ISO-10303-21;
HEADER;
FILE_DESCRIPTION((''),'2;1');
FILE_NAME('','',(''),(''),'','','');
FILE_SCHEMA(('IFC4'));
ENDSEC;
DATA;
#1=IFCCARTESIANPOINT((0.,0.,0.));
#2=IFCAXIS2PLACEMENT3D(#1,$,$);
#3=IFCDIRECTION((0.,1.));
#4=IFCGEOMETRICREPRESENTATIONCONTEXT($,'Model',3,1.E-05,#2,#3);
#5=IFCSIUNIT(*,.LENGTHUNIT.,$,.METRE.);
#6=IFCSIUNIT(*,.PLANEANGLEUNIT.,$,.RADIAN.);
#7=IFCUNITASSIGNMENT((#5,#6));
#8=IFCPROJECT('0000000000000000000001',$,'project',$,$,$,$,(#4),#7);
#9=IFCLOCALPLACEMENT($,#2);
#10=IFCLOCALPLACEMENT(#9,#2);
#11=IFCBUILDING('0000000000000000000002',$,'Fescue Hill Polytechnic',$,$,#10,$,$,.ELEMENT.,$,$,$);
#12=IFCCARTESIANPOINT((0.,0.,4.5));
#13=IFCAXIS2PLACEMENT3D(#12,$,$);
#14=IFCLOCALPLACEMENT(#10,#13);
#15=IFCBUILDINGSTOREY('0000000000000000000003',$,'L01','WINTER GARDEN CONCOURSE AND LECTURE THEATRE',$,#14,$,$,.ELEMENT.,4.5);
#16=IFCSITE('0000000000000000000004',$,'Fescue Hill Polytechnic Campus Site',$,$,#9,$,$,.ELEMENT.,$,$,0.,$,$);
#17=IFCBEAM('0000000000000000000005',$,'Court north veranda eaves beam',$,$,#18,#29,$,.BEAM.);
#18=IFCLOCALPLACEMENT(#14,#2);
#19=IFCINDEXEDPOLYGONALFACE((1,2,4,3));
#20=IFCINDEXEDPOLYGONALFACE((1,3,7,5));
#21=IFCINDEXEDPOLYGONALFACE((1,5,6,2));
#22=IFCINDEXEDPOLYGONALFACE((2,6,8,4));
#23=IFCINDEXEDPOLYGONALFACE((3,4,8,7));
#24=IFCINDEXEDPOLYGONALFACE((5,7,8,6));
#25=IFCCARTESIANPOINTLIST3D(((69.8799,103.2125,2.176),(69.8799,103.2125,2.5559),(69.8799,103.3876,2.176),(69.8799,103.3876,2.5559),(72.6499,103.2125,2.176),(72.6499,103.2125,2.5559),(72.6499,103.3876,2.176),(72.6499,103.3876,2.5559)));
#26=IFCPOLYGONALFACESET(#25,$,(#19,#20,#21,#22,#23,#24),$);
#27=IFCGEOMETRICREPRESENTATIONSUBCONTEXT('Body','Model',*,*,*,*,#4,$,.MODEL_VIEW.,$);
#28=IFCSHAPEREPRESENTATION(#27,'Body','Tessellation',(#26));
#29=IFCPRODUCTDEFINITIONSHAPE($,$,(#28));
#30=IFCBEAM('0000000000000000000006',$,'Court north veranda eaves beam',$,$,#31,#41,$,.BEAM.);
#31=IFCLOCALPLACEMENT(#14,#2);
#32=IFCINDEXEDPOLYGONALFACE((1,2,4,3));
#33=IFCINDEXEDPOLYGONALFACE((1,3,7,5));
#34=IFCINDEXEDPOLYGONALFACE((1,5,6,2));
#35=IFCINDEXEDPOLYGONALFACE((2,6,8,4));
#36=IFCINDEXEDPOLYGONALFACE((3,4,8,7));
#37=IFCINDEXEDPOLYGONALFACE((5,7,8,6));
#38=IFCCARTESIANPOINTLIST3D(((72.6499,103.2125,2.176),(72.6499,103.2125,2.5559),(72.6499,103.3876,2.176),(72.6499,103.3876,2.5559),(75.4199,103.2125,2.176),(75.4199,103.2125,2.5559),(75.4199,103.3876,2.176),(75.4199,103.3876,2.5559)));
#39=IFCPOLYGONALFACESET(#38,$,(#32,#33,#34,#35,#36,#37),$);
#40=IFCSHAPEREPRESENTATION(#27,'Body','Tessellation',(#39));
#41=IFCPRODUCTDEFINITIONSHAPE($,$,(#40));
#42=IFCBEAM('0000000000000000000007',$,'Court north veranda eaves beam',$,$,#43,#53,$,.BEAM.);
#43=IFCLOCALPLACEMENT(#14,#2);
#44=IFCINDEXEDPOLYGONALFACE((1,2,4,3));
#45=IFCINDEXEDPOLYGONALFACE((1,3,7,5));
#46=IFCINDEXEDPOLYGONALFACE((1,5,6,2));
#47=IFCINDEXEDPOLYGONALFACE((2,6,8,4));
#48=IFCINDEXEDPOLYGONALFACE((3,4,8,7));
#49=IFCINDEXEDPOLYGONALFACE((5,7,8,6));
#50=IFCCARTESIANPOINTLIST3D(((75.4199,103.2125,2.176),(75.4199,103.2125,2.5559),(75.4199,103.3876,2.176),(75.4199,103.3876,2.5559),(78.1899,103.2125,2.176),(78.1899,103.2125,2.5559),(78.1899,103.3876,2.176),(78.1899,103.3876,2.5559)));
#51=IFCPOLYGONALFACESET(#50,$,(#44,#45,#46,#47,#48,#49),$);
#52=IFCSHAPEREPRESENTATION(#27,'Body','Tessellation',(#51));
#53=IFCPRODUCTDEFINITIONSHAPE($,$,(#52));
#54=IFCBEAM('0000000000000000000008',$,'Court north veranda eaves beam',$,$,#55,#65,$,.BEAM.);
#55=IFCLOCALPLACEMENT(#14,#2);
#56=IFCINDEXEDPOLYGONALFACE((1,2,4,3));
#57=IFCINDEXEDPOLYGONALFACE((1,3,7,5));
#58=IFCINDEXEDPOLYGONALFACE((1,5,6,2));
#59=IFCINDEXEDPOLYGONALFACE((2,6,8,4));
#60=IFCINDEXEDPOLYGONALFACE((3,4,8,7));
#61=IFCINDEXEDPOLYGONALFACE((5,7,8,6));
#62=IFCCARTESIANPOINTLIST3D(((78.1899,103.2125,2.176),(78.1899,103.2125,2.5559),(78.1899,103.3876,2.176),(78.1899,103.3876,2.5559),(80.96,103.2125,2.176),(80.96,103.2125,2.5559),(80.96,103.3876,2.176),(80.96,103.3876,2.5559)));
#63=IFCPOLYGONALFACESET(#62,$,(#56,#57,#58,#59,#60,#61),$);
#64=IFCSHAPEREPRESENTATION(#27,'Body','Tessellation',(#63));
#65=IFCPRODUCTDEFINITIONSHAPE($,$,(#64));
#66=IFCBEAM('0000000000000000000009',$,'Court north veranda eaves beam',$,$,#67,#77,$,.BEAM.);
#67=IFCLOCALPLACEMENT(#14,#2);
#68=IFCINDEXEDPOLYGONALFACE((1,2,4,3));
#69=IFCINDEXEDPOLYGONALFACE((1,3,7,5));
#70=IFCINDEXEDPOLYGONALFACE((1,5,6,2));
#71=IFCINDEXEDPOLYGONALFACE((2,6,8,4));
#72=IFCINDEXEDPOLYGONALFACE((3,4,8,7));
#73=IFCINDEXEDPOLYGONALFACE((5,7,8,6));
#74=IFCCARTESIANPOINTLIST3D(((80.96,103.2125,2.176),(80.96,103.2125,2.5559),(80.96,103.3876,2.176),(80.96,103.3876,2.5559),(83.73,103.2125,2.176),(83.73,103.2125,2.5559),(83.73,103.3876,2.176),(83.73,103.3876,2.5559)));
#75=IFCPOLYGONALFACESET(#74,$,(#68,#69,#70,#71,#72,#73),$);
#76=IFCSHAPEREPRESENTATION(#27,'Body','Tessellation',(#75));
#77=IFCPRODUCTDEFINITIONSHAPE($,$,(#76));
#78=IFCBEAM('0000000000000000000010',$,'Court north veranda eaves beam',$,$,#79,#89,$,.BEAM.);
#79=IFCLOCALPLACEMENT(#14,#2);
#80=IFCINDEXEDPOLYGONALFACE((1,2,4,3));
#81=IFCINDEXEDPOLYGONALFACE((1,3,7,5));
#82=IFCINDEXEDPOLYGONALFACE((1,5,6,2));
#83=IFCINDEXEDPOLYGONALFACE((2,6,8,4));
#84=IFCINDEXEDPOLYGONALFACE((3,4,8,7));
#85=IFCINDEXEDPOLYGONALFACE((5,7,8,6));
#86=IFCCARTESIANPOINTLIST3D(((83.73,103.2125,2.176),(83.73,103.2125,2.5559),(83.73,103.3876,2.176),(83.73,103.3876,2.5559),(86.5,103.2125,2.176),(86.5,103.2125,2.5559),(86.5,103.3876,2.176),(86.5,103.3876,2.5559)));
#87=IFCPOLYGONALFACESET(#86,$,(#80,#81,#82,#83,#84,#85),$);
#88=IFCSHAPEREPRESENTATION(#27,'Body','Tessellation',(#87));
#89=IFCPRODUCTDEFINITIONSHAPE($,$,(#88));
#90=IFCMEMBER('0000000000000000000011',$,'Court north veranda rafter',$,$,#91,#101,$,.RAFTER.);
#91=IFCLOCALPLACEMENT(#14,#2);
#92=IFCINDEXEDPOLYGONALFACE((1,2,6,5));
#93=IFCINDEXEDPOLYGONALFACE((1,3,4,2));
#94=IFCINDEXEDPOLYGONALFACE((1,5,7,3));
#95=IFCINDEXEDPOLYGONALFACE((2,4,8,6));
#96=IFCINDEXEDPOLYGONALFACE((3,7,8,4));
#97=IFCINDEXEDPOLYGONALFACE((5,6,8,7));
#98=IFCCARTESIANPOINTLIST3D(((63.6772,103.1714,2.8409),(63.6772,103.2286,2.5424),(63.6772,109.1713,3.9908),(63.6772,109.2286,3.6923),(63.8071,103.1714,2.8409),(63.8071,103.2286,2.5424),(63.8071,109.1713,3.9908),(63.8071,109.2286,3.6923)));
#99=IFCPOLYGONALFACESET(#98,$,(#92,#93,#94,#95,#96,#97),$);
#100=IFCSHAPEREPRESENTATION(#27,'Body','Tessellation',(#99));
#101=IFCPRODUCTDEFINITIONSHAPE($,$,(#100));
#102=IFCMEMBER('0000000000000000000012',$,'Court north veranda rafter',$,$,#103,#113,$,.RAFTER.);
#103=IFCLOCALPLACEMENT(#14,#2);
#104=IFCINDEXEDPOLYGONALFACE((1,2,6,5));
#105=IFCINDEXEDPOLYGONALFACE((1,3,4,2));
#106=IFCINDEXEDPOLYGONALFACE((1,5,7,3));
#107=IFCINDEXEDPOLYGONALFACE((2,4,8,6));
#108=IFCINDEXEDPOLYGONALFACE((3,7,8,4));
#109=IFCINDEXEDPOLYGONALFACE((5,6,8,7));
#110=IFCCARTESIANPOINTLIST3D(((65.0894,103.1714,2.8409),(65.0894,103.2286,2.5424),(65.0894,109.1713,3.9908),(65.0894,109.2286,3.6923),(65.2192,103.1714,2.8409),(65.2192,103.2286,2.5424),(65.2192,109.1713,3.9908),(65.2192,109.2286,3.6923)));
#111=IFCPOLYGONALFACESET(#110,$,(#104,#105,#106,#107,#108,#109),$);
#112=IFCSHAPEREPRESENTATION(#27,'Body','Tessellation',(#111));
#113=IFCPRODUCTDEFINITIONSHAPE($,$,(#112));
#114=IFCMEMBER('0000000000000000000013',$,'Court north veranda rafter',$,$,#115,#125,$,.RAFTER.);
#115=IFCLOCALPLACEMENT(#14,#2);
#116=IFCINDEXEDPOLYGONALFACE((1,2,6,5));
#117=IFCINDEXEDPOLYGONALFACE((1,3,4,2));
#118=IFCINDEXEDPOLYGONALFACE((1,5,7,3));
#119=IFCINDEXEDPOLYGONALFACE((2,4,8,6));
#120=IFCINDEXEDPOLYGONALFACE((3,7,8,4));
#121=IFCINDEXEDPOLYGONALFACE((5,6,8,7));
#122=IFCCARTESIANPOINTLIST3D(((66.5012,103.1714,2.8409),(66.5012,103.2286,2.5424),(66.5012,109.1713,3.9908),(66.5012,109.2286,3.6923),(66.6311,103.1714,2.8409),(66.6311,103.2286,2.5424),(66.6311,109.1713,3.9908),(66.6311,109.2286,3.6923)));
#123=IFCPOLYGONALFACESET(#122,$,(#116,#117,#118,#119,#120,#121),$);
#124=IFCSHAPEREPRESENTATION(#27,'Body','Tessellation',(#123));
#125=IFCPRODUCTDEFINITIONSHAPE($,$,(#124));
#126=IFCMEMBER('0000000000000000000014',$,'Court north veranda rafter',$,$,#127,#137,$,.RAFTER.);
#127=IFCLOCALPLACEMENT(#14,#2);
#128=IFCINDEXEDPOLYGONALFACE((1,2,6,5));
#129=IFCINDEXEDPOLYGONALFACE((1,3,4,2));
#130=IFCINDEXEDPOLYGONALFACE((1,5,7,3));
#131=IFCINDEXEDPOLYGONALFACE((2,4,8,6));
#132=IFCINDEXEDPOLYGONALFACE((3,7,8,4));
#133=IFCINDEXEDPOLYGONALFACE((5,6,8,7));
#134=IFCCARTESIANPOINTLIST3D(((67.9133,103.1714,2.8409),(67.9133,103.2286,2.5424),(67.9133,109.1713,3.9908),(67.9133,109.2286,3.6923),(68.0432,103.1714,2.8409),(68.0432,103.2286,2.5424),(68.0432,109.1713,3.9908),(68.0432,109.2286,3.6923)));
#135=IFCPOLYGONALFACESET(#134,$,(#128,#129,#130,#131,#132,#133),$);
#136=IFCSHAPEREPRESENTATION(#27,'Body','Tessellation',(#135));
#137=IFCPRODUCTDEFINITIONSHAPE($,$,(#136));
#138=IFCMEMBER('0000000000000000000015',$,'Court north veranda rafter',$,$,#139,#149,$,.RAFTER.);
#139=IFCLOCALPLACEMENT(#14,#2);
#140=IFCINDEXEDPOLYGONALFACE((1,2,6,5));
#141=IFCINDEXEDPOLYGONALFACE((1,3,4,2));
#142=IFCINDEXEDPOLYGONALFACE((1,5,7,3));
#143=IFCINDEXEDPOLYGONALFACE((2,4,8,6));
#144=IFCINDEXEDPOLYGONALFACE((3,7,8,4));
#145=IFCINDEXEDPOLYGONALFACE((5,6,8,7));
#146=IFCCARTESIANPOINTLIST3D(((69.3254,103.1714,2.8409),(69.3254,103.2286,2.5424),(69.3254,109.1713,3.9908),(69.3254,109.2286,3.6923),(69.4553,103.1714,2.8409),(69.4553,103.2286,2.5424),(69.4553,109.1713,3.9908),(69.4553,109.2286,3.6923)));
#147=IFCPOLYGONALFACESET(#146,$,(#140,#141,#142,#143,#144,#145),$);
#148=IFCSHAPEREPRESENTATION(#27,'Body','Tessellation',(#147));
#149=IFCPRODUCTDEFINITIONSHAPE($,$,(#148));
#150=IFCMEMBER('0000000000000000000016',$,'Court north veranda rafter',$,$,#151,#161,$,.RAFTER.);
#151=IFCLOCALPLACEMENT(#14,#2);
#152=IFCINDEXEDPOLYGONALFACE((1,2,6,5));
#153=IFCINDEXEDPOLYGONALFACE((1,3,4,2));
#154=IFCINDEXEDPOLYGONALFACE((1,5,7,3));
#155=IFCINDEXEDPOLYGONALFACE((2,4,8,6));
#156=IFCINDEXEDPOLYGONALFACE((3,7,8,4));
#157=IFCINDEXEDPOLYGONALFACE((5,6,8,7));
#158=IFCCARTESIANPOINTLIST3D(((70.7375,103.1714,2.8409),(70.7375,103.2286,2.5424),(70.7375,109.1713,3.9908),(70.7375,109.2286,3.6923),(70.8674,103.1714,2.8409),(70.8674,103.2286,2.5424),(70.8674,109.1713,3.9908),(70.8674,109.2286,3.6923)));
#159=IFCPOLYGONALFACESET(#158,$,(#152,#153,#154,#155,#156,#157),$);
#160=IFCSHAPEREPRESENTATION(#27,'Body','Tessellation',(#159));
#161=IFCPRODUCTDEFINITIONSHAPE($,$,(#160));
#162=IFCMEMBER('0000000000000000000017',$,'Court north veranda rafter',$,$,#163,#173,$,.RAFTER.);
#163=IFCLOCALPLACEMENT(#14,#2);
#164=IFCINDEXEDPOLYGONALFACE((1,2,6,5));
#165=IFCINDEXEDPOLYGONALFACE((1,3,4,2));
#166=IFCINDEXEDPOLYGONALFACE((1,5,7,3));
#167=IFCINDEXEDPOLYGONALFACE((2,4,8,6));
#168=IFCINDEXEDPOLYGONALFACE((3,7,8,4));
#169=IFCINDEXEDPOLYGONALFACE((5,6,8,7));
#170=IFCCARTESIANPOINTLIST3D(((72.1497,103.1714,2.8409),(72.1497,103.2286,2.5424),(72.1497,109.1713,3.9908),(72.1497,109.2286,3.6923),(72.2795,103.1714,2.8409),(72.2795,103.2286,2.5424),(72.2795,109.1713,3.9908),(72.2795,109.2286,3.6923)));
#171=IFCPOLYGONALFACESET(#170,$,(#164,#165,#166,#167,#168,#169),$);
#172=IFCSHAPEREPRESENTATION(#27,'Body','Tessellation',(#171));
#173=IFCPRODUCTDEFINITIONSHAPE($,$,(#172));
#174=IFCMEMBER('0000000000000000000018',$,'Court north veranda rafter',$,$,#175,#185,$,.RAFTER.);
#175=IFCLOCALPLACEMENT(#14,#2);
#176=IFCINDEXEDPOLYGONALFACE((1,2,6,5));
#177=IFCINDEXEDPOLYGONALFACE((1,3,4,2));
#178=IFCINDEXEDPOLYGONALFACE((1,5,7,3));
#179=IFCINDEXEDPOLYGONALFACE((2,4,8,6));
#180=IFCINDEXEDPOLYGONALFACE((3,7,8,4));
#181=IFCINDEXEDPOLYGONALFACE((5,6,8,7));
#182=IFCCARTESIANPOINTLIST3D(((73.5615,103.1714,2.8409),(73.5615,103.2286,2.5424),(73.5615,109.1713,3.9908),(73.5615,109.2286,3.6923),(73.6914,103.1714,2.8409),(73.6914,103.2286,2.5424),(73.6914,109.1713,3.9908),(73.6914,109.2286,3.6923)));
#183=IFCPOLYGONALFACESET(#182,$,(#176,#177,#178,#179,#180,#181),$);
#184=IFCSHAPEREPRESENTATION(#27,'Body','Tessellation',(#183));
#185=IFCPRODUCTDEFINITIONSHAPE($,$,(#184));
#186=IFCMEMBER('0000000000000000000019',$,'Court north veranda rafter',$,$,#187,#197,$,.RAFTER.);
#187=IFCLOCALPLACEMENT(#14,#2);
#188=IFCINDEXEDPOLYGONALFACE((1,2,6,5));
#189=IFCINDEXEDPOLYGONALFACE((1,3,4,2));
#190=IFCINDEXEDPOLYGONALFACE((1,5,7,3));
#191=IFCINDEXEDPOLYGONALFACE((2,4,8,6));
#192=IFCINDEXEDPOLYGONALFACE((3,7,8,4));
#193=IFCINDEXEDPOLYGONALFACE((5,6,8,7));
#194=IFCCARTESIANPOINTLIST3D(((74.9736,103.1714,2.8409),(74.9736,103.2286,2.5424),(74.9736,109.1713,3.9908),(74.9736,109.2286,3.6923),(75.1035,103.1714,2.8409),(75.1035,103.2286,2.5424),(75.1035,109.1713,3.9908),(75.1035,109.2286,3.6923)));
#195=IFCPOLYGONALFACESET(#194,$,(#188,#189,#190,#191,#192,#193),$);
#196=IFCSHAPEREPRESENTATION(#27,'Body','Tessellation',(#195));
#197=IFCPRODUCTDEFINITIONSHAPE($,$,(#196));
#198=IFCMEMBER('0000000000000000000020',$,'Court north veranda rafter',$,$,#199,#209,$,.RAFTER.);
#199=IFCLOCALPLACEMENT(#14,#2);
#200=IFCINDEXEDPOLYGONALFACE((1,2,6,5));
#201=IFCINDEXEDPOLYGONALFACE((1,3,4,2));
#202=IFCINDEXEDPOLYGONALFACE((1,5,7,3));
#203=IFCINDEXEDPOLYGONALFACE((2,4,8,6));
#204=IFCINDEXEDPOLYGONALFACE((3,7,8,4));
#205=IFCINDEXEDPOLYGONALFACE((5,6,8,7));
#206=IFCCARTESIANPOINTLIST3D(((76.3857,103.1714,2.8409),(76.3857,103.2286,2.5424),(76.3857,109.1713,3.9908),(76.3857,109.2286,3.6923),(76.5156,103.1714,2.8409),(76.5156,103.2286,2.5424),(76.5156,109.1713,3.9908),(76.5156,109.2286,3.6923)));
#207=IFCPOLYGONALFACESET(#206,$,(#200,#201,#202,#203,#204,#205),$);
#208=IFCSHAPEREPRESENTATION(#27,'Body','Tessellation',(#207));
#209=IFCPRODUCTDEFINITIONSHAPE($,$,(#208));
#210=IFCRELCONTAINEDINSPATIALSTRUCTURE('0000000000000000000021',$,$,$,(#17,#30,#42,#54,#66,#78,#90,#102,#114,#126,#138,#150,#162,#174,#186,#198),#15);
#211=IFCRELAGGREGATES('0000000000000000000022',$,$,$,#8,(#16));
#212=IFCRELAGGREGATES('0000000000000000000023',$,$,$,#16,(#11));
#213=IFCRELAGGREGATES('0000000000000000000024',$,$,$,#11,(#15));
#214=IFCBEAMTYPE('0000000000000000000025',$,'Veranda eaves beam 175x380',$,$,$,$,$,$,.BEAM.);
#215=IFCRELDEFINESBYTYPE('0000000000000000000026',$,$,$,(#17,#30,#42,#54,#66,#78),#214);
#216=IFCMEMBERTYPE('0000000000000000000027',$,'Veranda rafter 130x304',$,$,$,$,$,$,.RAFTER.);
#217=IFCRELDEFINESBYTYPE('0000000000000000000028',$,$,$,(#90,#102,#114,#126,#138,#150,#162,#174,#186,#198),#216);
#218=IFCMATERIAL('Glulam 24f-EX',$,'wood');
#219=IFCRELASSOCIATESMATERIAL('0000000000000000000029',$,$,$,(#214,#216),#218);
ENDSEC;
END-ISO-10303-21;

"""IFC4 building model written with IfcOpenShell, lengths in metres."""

from ifc_helpers import new_model, si_unit, direction, frame, origin, origin_2d, place, context, subcontext, project, spatial, rectangle, extrude, material, material_profile, profile_set, type_object, element, save


model = new_model("IFC4")

# Units and contexts
model_context = context("Model", 3, precision=1e-05, world=origin(), true_north=direction((0.0, 1.0)))
body_context = subcontext(model_context, "Body", "Model", "MODEL_VIEW")
ifc_project = project(units=[si_unit("LENGTHUNIT", "METRE"), si_unit("PLANEANGLEUNIT", "RADIAN")], contexts=[model_context])

# Site, building, storey
site_placement = place(None, origin())
site = spatial("IfcSite", under=ifc_project, at=site_placement, Name="Fescue Hill Polytechnic Campus Site", CompositionType="ELEMENT", RefElevation=0.0)
building_placement = place(site_placement, origin())
building = spatial("IfcBuilding", under=site, at=building_placement, Name="Fescue Hill Polytechnic", CompositionType="ELEMENT")
storey_placement = place(building_placement, frame((0.0, 0.0, 4.5)))
storey = spatial("IfcBuildingStorey", under=building, at=storey_placement, Name="L01", Description="WINTER GARDEN CONCOURSE AND LECTURE THEATRE", CompositionType="ELEMENT", Elevation=4.5)

# Shared definitions
ifc_material_1 = material(Name="Glulam 24f-EX", Category="wood")

# Beams
ifc_material_profile_1 = material_profile(ifc_material_1, rectangle(XDim=0.175, YDim=0.3799, at=origin_2d()), Name="Veranda eaves beam 175x380")
ifc_profile_set_1 = profile_set([ifc_material_profile_1], Name="Glulam 24f-EX")
beam_type = type_object("IfcBeamType", Name="Veranda eaves beam 175x380", PredefinedType="BEAM", material=ifc_profile_set_1)
for number, where, z_axis, x_axis, name in (
    (1, (69.8799, 103.3, 2.366), (1.0, 0.0, 0.0), (0.0, 1.0, 0.0), "Court north veranda eaves beam"),
    (2, (72.6499, 103.3, 2.366), (1.0, 0.0, 0.0), (0.0, 1.0, 0.0), "Court north veranda eaves beam"),
    (3, (75.4199, 103.3, 2.366), (1.0, 0.0, 0.0), (0.0, 1.0, 0.0), "Court north veranda eaves beam"),
    (4, (78.1899, 103.3, 2.366), (1.0, 0.0, 0.0), (0.0, 1.0, 0.0), "Court north veranda eaves beam"),
    (5, (80.96, 103.3, 2.366), (1.0, 0.0, 0.0), (0.0, 1.0, 0.0), "Court north veranda eaves beam"),
    (6, (83.73, 103.3, 2.366), (1.0, 0.0, 0.0), (0.0, 1.0, 0.0), "Court north veranda eaves beam"),
):
    element("IfcBeam", number, at=place(storey_placement, frame(where, z_axis=z_axis, x_axis=x_axis)), inside=storey, type_object=beam_type, Name=name, PredefinedType="BEAM", context=body_context, shape_type="SweptSolid", body=[
        extrude(rectangle(XDim=0.175, YDim=0.3799, at=origin_2d()), origin(), (0.0, 0.0, 1.0), 2.77),
    ])

# Members
ifc_material_profile_2 = material_profile(ifc_material_1, rectangle(XDim=0.1299, YDim=0.304, at=origin_2d()), Name="Veranda rafter 130x304")
ifc_profile_set_2 = profile_set([ifc_material_profile_2], Name="Glulam 24f-EX")
member_type = type_object("IfcMemberType", Name="Veranda rafter 130x304", PredefinedType="RAFTER", material=ifc_profile_set_2)
for number, where, z_axis, x_axis, name in (
    (7, (63.7422, 109.2, 3.8416), (0.0, -0.982126, -0.188225), (1.0, 0.0, 0.0), "Court north veranda rafter"),
    (8, (65.1543, 109.2, 3.8416), (0.0, -0.982126, -0.188225), (1.0, 0.0, 0.0), "Court north veranda rafter"),
    (9, (66.5662, 109.2, 3.8416), (0.0, -0.982126, -0.188225), (1.0, 0.0, 0.0), "Court north veranda rafter"),
    (10, (67.9783, 109.2, 3.8416), (0.0, -0.982126, -0.188225), (1.0, 0.0, 0.0), "Court north veranda rafter"),
    (11, (69.3904, 109.2, 3.8416), (0.0, -0.982126, -0.188225), (1.0, 0.0, 0.0), "Court north veranda rafter"),
    (12, (70.8025, 109.2, 3.8416), (0.0, -0.982126, -0.188225), (1.0, 0.0, 0.0), "Court north veranda rafter"),
    (13, (72.2146, 109.2, 3.8416), (0.0, -0.982126, -0.188225), (1.0, 0.0, 0.0), "Court north veranda rafter"),
    (14, (73.6265, 109.2, 3.8416), (0.0, -0.982126, -0.188225), (1.0, 0.0, 0.0), "Court north veranda rafter"),
    (15, (75.0386, 109.2, 3.8416), (0.0, -0.982126, -0.188225), (1.0, 0.0, 0.0), "Court north veranda rafter"),
    (16, (76.4507, 109.2, 3.8416), (0.0, -0.982126, -0.188225), (1.0, 0.0, 0.0), "Court north veranda rafter"),
):
    element("IfcMember", number, at=place(storey_placement, frame(where, z_axis=z_axis, x_axis=x_axis)), inside=storey, type_object=member_type, Name=name, PredefinedType="RAFTER", context=body_context, shape_type="SweptSolid", body=[
        extrude(rectangle(XDim=0.1299, YDim=0.304, at=origin_2d()), origin(), (0.0, 0.0, 1.0), 6.1091),
    ])

save(model, "model.ifc")
